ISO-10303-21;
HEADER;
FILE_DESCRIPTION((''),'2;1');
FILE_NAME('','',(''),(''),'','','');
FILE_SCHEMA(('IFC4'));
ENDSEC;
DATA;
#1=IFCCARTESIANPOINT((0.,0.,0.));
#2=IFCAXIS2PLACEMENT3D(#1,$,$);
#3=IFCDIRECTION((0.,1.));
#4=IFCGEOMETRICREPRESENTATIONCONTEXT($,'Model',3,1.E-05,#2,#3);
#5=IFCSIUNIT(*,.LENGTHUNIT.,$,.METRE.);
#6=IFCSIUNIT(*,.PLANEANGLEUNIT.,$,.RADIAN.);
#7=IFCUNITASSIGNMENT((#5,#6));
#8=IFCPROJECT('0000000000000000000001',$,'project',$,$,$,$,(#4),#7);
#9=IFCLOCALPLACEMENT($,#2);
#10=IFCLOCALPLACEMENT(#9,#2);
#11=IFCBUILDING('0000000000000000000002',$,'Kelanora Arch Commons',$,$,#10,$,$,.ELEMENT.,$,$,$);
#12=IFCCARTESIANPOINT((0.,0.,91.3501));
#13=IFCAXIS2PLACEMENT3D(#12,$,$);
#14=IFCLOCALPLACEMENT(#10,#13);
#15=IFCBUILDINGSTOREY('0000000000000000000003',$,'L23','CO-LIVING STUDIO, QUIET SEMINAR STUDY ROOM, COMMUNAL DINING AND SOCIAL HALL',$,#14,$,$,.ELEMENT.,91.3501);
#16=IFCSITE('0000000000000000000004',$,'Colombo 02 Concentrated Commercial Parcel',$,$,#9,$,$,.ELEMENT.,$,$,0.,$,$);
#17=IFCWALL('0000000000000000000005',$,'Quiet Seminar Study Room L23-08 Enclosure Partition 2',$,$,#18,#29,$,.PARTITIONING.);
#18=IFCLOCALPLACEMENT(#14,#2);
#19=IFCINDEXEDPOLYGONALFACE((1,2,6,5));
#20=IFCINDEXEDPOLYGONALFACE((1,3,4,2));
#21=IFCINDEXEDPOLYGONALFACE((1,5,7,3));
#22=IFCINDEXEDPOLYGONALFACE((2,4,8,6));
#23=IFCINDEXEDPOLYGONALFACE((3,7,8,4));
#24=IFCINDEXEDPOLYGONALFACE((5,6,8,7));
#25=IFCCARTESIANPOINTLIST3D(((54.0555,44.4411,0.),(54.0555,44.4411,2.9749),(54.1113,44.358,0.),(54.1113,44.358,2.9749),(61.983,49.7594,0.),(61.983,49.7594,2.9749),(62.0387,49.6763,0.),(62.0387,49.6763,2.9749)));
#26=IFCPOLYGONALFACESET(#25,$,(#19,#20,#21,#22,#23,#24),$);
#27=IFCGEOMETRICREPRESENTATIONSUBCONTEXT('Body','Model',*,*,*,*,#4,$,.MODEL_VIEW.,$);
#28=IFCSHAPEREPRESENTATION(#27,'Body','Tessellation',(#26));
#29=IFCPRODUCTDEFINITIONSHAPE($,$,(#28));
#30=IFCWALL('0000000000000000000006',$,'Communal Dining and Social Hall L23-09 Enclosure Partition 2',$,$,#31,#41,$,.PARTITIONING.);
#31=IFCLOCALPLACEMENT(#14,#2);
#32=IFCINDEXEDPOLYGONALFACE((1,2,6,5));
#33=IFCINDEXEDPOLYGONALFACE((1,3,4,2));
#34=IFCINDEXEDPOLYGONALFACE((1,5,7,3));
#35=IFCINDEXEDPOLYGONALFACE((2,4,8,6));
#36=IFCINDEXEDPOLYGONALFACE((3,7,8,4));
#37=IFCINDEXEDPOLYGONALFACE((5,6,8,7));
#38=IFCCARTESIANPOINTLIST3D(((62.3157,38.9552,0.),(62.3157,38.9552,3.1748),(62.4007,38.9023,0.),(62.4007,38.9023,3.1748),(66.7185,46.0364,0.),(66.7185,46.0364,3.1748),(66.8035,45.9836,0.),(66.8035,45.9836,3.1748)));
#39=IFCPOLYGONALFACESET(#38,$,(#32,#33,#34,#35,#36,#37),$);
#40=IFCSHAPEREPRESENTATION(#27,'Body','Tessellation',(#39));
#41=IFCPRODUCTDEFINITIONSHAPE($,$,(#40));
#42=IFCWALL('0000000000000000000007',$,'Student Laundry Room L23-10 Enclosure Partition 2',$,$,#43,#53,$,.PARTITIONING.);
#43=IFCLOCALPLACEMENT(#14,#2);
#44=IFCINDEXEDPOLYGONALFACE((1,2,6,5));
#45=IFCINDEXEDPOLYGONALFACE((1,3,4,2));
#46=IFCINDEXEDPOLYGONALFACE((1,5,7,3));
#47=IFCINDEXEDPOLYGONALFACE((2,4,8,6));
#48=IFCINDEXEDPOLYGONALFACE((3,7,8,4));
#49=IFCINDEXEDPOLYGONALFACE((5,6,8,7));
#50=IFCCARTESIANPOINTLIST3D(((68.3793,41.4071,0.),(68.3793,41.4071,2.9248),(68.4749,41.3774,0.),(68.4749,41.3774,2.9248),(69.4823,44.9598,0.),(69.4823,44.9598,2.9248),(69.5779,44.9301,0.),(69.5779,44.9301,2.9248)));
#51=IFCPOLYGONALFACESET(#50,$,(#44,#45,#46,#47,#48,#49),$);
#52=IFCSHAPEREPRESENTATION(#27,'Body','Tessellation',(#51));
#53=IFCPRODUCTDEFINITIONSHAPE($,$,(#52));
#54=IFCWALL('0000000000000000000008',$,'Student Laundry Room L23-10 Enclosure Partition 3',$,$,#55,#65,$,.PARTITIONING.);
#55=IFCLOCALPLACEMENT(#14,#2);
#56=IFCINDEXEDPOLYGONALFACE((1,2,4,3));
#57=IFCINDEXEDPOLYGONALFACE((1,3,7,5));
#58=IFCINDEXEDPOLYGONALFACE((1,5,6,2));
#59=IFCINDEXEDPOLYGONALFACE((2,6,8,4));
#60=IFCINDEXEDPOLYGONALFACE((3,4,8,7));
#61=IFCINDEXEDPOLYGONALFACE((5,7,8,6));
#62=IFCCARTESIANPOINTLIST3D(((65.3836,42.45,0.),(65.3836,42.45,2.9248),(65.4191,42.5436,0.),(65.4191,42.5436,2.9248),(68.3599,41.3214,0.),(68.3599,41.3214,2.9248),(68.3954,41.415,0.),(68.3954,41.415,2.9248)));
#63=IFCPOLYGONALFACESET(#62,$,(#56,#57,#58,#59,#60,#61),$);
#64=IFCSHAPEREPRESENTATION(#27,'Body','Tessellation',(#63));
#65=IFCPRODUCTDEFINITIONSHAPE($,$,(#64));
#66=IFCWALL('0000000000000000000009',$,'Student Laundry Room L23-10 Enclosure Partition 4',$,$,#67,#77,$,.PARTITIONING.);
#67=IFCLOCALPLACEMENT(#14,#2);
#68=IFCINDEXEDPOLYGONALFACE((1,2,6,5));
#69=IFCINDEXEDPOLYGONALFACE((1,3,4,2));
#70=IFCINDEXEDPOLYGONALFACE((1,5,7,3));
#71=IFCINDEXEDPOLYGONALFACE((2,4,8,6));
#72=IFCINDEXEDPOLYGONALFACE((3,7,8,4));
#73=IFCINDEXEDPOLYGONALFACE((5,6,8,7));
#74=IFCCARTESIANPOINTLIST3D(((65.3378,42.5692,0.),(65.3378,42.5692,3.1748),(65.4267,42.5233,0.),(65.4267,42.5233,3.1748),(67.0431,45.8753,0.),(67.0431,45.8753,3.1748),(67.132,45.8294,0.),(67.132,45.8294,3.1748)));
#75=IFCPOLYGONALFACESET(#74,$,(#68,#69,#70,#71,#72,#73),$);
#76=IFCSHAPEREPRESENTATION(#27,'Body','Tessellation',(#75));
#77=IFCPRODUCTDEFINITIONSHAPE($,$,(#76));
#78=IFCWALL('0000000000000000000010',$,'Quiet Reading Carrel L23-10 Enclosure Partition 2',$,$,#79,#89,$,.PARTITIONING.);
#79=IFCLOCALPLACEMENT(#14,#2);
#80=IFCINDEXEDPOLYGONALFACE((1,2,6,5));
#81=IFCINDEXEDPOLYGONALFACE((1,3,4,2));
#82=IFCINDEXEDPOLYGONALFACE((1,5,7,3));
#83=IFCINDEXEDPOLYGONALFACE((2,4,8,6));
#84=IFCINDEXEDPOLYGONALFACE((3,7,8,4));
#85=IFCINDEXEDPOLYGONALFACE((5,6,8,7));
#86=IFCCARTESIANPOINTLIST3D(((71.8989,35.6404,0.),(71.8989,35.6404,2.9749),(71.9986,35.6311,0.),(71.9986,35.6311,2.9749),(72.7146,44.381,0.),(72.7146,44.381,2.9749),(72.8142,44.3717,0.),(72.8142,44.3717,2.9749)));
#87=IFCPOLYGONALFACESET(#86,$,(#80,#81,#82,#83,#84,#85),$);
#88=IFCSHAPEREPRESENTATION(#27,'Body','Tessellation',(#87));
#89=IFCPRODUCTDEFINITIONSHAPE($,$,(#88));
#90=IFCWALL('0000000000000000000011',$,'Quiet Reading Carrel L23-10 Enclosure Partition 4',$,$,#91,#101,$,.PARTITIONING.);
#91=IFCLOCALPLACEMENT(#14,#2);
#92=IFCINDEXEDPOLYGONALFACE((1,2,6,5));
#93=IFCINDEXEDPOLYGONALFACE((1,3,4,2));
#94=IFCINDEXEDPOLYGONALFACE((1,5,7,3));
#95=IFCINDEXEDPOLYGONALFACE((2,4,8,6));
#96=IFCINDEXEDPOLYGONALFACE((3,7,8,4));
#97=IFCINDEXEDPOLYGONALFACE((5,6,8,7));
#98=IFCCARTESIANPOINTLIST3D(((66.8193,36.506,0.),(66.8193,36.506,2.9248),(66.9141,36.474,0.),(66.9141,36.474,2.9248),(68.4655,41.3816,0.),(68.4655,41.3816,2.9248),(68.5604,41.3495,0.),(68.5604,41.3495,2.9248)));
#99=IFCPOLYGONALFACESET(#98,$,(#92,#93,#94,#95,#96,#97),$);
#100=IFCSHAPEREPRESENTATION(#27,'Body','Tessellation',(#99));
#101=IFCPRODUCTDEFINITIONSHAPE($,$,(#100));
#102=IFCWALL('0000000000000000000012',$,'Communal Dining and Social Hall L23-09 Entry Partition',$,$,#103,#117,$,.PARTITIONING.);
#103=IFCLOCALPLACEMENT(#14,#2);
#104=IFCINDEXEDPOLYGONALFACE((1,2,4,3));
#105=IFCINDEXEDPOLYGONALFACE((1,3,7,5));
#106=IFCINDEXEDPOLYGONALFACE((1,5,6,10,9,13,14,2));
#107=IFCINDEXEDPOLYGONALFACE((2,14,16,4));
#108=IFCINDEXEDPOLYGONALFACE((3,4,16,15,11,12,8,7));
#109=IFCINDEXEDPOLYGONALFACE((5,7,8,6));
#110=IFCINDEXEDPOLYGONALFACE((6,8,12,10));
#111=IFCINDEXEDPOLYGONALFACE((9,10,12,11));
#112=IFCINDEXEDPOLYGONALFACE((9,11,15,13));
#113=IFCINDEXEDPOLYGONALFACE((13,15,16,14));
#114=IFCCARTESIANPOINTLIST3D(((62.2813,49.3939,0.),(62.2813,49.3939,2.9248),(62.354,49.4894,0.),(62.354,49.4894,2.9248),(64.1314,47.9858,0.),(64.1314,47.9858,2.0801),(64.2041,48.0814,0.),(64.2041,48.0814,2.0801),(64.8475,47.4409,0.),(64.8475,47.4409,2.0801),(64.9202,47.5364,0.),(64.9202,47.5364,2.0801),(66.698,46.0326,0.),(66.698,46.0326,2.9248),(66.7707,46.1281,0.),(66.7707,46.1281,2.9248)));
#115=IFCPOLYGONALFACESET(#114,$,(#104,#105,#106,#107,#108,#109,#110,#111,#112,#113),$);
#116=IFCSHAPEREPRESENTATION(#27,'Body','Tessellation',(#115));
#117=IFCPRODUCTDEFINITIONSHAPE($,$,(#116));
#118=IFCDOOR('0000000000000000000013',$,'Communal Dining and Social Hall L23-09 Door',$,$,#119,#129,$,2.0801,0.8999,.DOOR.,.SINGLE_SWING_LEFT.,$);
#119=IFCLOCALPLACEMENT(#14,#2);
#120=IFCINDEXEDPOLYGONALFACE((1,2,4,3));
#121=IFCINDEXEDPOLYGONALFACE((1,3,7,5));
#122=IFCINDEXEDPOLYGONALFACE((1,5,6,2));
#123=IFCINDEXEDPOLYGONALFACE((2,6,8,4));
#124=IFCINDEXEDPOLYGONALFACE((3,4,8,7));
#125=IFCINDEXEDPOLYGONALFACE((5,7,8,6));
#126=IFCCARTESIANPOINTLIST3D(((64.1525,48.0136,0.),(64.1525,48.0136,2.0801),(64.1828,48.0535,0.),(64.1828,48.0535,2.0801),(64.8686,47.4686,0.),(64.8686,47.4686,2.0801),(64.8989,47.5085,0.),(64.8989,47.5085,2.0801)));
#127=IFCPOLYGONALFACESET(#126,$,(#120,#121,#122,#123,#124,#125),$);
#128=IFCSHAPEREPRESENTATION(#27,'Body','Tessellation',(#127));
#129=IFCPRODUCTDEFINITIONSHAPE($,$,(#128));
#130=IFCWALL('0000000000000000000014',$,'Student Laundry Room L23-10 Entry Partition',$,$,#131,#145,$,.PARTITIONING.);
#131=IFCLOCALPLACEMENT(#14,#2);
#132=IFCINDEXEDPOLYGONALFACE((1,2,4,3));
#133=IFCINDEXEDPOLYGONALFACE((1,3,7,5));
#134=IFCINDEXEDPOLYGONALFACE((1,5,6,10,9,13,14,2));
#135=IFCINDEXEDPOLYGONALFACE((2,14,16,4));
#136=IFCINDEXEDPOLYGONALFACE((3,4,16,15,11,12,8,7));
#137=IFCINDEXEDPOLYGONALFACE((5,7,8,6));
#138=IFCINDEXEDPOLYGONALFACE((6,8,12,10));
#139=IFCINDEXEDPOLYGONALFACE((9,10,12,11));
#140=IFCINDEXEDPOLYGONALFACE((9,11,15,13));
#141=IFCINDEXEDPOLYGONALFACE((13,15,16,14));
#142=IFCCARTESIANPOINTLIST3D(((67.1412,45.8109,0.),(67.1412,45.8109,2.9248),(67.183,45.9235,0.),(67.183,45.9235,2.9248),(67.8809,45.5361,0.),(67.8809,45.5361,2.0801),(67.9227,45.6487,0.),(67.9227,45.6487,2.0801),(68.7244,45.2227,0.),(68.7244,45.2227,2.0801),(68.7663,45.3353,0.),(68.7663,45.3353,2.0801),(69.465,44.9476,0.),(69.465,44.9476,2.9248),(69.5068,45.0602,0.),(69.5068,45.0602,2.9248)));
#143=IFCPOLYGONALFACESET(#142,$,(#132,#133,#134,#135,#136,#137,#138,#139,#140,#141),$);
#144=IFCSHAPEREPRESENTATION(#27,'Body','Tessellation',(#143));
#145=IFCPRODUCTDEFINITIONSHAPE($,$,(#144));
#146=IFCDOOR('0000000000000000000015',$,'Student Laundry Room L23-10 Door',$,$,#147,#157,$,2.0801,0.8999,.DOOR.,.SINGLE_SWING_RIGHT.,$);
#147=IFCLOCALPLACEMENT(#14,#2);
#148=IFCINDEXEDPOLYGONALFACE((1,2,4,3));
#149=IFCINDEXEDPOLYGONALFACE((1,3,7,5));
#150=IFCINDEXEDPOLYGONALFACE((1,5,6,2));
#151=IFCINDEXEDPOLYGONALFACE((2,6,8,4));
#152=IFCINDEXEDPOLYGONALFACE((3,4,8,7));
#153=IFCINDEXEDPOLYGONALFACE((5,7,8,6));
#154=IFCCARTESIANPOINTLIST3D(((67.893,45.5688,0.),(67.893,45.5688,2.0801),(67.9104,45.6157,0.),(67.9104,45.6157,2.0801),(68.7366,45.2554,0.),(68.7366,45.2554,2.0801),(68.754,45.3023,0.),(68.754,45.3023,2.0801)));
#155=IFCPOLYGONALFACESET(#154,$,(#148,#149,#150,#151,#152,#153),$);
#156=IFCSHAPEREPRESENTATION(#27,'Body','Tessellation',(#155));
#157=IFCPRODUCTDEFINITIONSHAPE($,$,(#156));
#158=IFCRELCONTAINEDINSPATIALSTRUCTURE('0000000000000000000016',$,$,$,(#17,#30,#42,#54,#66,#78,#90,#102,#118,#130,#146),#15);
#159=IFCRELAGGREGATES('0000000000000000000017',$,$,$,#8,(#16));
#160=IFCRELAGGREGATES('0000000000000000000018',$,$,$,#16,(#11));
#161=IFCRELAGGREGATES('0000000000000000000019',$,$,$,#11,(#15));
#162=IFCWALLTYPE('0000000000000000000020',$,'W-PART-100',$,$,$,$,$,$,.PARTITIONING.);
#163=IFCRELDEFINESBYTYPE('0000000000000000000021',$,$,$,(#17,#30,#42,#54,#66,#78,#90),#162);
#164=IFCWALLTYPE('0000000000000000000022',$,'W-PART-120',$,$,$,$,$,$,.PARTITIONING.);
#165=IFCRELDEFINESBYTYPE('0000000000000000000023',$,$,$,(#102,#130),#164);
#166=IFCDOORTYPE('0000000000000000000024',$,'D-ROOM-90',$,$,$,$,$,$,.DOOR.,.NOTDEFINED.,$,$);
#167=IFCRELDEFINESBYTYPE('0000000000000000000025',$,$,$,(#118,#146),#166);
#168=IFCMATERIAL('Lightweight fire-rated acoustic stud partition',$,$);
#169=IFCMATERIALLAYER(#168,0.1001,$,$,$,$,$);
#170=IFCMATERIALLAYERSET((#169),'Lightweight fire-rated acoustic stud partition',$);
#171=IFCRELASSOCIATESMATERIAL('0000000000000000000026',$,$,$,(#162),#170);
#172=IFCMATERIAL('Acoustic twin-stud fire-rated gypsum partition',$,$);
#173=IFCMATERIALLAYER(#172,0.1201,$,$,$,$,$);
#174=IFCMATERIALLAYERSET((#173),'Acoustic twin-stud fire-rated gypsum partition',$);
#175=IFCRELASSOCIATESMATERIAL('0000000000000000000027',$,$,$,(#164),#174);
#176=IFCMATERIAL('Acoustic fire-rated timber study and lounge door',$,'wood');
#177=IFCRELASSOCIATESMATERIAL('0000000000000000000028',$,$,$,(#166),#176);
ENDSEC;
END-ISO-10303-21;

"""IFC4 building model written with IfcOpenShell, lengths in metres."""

from ifc_helpers import new_model, si_unit, direction, frame, frame_2d, origin, place, context, subcontext, project, spatial, rectangle, extrude, material, layer, layer_set, type_object, element, fill, save


model = new_model("IFC4")

# Units and contexts
model_context = context("Model", 3, precision=1e-05, world=origin(), true_north=direction((0.0, 1.0)))
body_context = subcontext(model_context, "Body", "Model", "MODEL_VIEW")
ifc_project = project(units=[si_unit("LENGTHUNIT", "METRE"), si_unit("PLANEANGLEUNIT", "RADIAN")], contexts=[model_context])

# Site, building, storey
site_placement = place(None, origin())
site = spatial("IfcSite", under=ifc_project, at=site_placement, Name="Colombo 02 Concentrated Commercial Parcel", CompositionType="ELEMENT", RefElevation=0.0)
building_placement = place(site_placement, origin())
building = spatial("IfcBuilding", under=site, at=building_placement, Name="Kelanora Arch Commons", CompositionType="ELEMENT")
storey_placement = place(building_placement, frame((0.0, 0.0, 91.3501)))
storey = spatial("IfcBuildingStorey", under=building, at=storey_placement, Name="L23", Description="CO-LIVING STUDIO, QUIET SEMINAR STUDY ROOM, COMMUNAL DINING AND SOCIAL HALL", CompositionType="ELEMENT", Elevation=91.3501)

# Walls
ifc_material_1 = material(Name="Lightweight fire-rated acoustic stud partition")
ifc_layer_1 = layer(ifc_material_1, 0.1001)
ifc_layer_set_1 = layer_set([ifc_layer_1], Name="Lightweight fire-rated acoustic stud partition")
wall_type_1 = type_object("IfcWallType", Name="W-PART-100", PredefinedType="PARTITIONING", material=ifc_layer_set_1)
wall_1_placement = place(storey_placement, frame((62.0107, 49.7178, 0.0), z_axis=(0.0, 0.0, 1.0), x_axis=(-0.830434, -0.557118, 0.0)))
element("IfcWall", 1, at=wall_1_placement, inside=storey, type_object=wall_type_1, Name="Quiet Seminar Study Room L23-08 Enclosure Partition 2", PredefinedType="PARTITIONING", context=body_context, shape_type="SweptSolid", body=[
    extrude(rectangle(XDim=9.5461, YDim=0.1001, at=frame_2d((4.7729, 0.0))), origin(), (0.0, 0.0, 1.0), 2.9749),
])
wall_2_placement = place(storey_placement, frame((66.761, 46.01, 0.0), z_axis=(0.0, 0.0, 1.0), x_axis=(-0.528016, -0.849235, 0.0)))
element("IfcWall", 2, at=wall_2_placement, inside=storey, type_object=wall_type_1, Name="Communal Dining and Social Hall L23-09 Enclosure Partition 2", PredefinedType="PARTITIONING", context=body_context, shape_type="SweptSolid", body=[
    extrude(rectangle(XDim=8.3384, YDim=0.1001, at=frame_2d((4.1692, 0.0))), origin(), (0.0, 0.0, 1.0), 3.1748),
])
wall_3_placement = place(storey_placement, frame((69.53, 44.9448, 0.0), z_axis=(0.0, 0.0, 1.0), x_axis=(-0.296511, -0.95503, 0.0)))
element("IfcWall", 3, at=wall_3_placement, inside=storey, type_object=wall_type_1, Name="Student Laundry Room L23-10 Enclosure Partition 2", PredefinedType="PARTITIONING", context=body_context, shape_type="SweptSolid", body=[
    extrude(rectangle(XDim=3.72, YDim=0.1001, at=frame_2d((1.8599, 0.0))), origin(), (0.0, 0.0, 1.0), 2.9248),
])
wall_4_placement = place(storey_placement, frame((68.3777, 41.3682, 0.0), z_axis=(0.0, 0.0, 1.0), x_axis=(-0.935027, 0.354576, 0.0)))
element("IfcWall", 4, at=wall_4_placement, inside=storey, type_object=wall_type_1, Name="Student Laundry Room L23-10 Enclosure Partition 3", PredefinedType="PARTITIONING", context=body_context, shape_type="SweptSolid", body=[
    extrude(rectangle(XDim=3.1831, YDim=0.1001, at=frame_2d((1.5916, 0.0))), origin(), (0.0, 0.0, 1.0), 2.9248),
])
wall_5_placement = place(storey_placement, frame((65.3823, 42.5464, 0.0), z_axis=(0.0, 0.0, 1.0), x_axis=(0.458414, 0.888739, 0.0)))
element("IfcWall", 5, at=wall_5_placement, inside=storey, type_object=wall_type_1, Name="Student Laundry Room L23-10 Enclosure Partition 4", PredefinedType="PARTITIONING", context=body_context, shape_type="SweptSolid", body=[
    extrude(rectangle(XDim=3.72, YDim=0.1001, at=frame_2d((1.8599, 0.0))), origin(), (0.0, 0.0, 1.0), 3.1748),
])
wall_6_placement = place(storey_placement, frame((72.7644, 44.3762, 0.0), z_axis=(0.0, 0.0, 1.0), x_axis=(-0.092918, -0.995674, 0.0)))
element("IfcWall", 6, at=wall_6_placement, inside=storey, type_object=wall_type_1, Name="Quiet Reading Carrel L23-10 Enclosure Partition 2", PredefinedType="PARTITIONING", context=body_context, shape_type="SweptSolid", body=[
    extrude(rectangle(XDim=8.7786, YDim=0.1001, at=frame_2d((4.3892, 0.0))), origin(), (0.0, 0.0, 1.0), 2.9749),
])
wall_7_placement = place(storey_placement, frame((66.8667, 36.49, 0.0), z_axis=(0.0, 0.0, 1.0), x_axis=(0.319912, 0.947447, 0.0)))
element("IfcWall", 7, at=wall_7_placement, inside=storey, type_object=wall_type_1, Name="Quiet Reading Carrel L23-10 Enclosure Partition 4", PredefinedType="PARTITIONING", context=body_context, shape_type="SweptSolid", body=[
    extrude(rectangle(XDim=5.146, YDim=0.1001, at=frame_2d((2.573, 0.0))), origin(), (0.0, 0.0, 1.0), 2.9248),
])

# Walls, openings, doors
ifc_material_2 = material(Name="Acoustic twin-stud fire-rated gypsum partition")
ifc_layer_2 = layer(ifc_material_2, 0.1201)
ifc_layer_set_2 = layer_set([ifc_layer_2], Name="Acoustic twin-stud fire-rated gypsum partition")
wall_type_2 = type_object("IfcWallType", Name="W-PART-120", PredefinedType="PARTITIONING", material=ifc_layer_set_2)
wall_8_placement = place(storey_placement, frame((62.3176, 49.4417, 0.0), z_axis=(0.0, 0.0, 1.0), x_axis=(0.795763, -0.605608, 0.0)))
wall_8 = element("IfcWall", 8, at=wall_8_placement, inside=storey, type_object=wall_type_2, Name="Communal Dining and Social Hall L23-09 Entry Partition", PredefinedType="PARTITIONING", context=body_context, shape_type="SweptSolid", body=[
    extrude(rectangle(XDim=5.5503, YDim=0.1201, at=frame_2d((2.7751, 0.0))), origin(), (0.0, 0.0, 1.0), 2.9248),
])
opening_1_placement = place(wall_8_placement, frame((2.325, 0.0, 0.0)))
opening_1 = element("IfcOpeningElement", 9, at=opening_1_placement, cuts=wall_8, PredefinedType="OPENING", context=body_context, shape_type="SweptSolid", body=[
    extrude(rectangle(XDim=0.8999, YDim=2.0801, at=frame_2d((0.45, 1.04))), frame((0.0, 0.0701, 0.0), z_axis=(0.0, -1.0, 0.0), x_axis=(1.0, 0.0, 0.0)), (0.0, 0.0, 1.0), 0.1401),
])
ifc_material_3 = material(Name="Acoustic fire-rated timber study and lounge door", Category="wood")
door_type_1 = type_object("IfcDoorType", Name="D-ROOM-90", OperationType="NOTDEFINED", PredefinedType="DOOR", material=ifc_material_3)
door_1_placement = place(opening_1_placement, origin())
door_1 = element("IfcDoor", 10, at=door_1_placement, inside=storey, type_object=door_type_1, Name="Communal Dining and Social Hall L23-09 Door", OperationType="SINGLE_SWING_LEFT", OverallHeight=2.0801, OverallWidth=0.8999, PredefinedType="DOOR", context=body_context, shape_type="SweptSolid", body=[
    extrude(rectangle(XDim=0.8999, YDim=2.0801, at=frame_2d((0.45, 1.04))), frame((0.0, 0.0249, 0.0), z_axis=(0.0, -1.0, 0.0), x_axis=(1.0, 0.0, 0.0)), (0.0, 0.0, 1.0), 0.05),
])
fill(opening_1, door_1)
wall_9_placement = place(storey_placement, frame((67.1621, 45.8672, 0.0), z_axis=(0.0, 0.0, 1.0), x_axis=(0.937401, -0.348251, 0.0)))
wall_9 = element("IfcWall", 11, at=wall_9_placement, inside=storey, type_object=wall_type_2, Name="Student Laundry Room L23-10 Entry Partition", PredefinedType="PARTITIONING", context=body_context, shape_type="SweptSolid", body=[
    extrude(rectangle(XDim=2.479, YDim=0.1201, at=frame_2d((1.2395, 0.0))), origin(), (0.0, 0.0, 1.0), 2.9248),
])
opening_2_placement = place(wall_9_placement, frame((0.7891, 0.0, 0.0)))
opening_2 = element("IfcOpeningElement", 12, at=opening_2_placement, cuts=wall_9, PredefinedType="OPENING", context=body_context, shape_type="SweptSolid", body=[
    extrude(rectangle(XDim=0.8999, YDim=2.0801, at=frame_2d((0.45, 1.04))), frame((0.0, 0.0701, 0.0), z_axis=(0.0, -1.0, 0.0), x_axis=(1.0, 0.0, 0.0)), (0.0, 0.0, 1.0), 0.1401),
])
door_2_placement = place(opening_2_placement, origin())
door_2 = element("IfcDoor", 13, at=door_2_placement, inside=storey, type_object=door_type_1, Name="Student Laundry Room L23-10 Door", OperationType="SINGLE_SWING_RIGHT", OverallHeight=2.0801, OverallWidth=0.8999, PredefinedType="DOOR", context=body_context, shape_type="SweptSolid", body=[
    extrude(rectangle(XDim=0.8999, YDim=2.0801, at=frame_2d((0.45, 1.04))), frame((0.0, 0.0249, 0.0), z_axis=(0.0, -1.0, 0.0), x_axis=(1.0, 0.0, 0.0)), (0.0, 0.0, 1.0), 0.05),
])
fill(opening_2, door_2)

save(model, "model.ifc")
